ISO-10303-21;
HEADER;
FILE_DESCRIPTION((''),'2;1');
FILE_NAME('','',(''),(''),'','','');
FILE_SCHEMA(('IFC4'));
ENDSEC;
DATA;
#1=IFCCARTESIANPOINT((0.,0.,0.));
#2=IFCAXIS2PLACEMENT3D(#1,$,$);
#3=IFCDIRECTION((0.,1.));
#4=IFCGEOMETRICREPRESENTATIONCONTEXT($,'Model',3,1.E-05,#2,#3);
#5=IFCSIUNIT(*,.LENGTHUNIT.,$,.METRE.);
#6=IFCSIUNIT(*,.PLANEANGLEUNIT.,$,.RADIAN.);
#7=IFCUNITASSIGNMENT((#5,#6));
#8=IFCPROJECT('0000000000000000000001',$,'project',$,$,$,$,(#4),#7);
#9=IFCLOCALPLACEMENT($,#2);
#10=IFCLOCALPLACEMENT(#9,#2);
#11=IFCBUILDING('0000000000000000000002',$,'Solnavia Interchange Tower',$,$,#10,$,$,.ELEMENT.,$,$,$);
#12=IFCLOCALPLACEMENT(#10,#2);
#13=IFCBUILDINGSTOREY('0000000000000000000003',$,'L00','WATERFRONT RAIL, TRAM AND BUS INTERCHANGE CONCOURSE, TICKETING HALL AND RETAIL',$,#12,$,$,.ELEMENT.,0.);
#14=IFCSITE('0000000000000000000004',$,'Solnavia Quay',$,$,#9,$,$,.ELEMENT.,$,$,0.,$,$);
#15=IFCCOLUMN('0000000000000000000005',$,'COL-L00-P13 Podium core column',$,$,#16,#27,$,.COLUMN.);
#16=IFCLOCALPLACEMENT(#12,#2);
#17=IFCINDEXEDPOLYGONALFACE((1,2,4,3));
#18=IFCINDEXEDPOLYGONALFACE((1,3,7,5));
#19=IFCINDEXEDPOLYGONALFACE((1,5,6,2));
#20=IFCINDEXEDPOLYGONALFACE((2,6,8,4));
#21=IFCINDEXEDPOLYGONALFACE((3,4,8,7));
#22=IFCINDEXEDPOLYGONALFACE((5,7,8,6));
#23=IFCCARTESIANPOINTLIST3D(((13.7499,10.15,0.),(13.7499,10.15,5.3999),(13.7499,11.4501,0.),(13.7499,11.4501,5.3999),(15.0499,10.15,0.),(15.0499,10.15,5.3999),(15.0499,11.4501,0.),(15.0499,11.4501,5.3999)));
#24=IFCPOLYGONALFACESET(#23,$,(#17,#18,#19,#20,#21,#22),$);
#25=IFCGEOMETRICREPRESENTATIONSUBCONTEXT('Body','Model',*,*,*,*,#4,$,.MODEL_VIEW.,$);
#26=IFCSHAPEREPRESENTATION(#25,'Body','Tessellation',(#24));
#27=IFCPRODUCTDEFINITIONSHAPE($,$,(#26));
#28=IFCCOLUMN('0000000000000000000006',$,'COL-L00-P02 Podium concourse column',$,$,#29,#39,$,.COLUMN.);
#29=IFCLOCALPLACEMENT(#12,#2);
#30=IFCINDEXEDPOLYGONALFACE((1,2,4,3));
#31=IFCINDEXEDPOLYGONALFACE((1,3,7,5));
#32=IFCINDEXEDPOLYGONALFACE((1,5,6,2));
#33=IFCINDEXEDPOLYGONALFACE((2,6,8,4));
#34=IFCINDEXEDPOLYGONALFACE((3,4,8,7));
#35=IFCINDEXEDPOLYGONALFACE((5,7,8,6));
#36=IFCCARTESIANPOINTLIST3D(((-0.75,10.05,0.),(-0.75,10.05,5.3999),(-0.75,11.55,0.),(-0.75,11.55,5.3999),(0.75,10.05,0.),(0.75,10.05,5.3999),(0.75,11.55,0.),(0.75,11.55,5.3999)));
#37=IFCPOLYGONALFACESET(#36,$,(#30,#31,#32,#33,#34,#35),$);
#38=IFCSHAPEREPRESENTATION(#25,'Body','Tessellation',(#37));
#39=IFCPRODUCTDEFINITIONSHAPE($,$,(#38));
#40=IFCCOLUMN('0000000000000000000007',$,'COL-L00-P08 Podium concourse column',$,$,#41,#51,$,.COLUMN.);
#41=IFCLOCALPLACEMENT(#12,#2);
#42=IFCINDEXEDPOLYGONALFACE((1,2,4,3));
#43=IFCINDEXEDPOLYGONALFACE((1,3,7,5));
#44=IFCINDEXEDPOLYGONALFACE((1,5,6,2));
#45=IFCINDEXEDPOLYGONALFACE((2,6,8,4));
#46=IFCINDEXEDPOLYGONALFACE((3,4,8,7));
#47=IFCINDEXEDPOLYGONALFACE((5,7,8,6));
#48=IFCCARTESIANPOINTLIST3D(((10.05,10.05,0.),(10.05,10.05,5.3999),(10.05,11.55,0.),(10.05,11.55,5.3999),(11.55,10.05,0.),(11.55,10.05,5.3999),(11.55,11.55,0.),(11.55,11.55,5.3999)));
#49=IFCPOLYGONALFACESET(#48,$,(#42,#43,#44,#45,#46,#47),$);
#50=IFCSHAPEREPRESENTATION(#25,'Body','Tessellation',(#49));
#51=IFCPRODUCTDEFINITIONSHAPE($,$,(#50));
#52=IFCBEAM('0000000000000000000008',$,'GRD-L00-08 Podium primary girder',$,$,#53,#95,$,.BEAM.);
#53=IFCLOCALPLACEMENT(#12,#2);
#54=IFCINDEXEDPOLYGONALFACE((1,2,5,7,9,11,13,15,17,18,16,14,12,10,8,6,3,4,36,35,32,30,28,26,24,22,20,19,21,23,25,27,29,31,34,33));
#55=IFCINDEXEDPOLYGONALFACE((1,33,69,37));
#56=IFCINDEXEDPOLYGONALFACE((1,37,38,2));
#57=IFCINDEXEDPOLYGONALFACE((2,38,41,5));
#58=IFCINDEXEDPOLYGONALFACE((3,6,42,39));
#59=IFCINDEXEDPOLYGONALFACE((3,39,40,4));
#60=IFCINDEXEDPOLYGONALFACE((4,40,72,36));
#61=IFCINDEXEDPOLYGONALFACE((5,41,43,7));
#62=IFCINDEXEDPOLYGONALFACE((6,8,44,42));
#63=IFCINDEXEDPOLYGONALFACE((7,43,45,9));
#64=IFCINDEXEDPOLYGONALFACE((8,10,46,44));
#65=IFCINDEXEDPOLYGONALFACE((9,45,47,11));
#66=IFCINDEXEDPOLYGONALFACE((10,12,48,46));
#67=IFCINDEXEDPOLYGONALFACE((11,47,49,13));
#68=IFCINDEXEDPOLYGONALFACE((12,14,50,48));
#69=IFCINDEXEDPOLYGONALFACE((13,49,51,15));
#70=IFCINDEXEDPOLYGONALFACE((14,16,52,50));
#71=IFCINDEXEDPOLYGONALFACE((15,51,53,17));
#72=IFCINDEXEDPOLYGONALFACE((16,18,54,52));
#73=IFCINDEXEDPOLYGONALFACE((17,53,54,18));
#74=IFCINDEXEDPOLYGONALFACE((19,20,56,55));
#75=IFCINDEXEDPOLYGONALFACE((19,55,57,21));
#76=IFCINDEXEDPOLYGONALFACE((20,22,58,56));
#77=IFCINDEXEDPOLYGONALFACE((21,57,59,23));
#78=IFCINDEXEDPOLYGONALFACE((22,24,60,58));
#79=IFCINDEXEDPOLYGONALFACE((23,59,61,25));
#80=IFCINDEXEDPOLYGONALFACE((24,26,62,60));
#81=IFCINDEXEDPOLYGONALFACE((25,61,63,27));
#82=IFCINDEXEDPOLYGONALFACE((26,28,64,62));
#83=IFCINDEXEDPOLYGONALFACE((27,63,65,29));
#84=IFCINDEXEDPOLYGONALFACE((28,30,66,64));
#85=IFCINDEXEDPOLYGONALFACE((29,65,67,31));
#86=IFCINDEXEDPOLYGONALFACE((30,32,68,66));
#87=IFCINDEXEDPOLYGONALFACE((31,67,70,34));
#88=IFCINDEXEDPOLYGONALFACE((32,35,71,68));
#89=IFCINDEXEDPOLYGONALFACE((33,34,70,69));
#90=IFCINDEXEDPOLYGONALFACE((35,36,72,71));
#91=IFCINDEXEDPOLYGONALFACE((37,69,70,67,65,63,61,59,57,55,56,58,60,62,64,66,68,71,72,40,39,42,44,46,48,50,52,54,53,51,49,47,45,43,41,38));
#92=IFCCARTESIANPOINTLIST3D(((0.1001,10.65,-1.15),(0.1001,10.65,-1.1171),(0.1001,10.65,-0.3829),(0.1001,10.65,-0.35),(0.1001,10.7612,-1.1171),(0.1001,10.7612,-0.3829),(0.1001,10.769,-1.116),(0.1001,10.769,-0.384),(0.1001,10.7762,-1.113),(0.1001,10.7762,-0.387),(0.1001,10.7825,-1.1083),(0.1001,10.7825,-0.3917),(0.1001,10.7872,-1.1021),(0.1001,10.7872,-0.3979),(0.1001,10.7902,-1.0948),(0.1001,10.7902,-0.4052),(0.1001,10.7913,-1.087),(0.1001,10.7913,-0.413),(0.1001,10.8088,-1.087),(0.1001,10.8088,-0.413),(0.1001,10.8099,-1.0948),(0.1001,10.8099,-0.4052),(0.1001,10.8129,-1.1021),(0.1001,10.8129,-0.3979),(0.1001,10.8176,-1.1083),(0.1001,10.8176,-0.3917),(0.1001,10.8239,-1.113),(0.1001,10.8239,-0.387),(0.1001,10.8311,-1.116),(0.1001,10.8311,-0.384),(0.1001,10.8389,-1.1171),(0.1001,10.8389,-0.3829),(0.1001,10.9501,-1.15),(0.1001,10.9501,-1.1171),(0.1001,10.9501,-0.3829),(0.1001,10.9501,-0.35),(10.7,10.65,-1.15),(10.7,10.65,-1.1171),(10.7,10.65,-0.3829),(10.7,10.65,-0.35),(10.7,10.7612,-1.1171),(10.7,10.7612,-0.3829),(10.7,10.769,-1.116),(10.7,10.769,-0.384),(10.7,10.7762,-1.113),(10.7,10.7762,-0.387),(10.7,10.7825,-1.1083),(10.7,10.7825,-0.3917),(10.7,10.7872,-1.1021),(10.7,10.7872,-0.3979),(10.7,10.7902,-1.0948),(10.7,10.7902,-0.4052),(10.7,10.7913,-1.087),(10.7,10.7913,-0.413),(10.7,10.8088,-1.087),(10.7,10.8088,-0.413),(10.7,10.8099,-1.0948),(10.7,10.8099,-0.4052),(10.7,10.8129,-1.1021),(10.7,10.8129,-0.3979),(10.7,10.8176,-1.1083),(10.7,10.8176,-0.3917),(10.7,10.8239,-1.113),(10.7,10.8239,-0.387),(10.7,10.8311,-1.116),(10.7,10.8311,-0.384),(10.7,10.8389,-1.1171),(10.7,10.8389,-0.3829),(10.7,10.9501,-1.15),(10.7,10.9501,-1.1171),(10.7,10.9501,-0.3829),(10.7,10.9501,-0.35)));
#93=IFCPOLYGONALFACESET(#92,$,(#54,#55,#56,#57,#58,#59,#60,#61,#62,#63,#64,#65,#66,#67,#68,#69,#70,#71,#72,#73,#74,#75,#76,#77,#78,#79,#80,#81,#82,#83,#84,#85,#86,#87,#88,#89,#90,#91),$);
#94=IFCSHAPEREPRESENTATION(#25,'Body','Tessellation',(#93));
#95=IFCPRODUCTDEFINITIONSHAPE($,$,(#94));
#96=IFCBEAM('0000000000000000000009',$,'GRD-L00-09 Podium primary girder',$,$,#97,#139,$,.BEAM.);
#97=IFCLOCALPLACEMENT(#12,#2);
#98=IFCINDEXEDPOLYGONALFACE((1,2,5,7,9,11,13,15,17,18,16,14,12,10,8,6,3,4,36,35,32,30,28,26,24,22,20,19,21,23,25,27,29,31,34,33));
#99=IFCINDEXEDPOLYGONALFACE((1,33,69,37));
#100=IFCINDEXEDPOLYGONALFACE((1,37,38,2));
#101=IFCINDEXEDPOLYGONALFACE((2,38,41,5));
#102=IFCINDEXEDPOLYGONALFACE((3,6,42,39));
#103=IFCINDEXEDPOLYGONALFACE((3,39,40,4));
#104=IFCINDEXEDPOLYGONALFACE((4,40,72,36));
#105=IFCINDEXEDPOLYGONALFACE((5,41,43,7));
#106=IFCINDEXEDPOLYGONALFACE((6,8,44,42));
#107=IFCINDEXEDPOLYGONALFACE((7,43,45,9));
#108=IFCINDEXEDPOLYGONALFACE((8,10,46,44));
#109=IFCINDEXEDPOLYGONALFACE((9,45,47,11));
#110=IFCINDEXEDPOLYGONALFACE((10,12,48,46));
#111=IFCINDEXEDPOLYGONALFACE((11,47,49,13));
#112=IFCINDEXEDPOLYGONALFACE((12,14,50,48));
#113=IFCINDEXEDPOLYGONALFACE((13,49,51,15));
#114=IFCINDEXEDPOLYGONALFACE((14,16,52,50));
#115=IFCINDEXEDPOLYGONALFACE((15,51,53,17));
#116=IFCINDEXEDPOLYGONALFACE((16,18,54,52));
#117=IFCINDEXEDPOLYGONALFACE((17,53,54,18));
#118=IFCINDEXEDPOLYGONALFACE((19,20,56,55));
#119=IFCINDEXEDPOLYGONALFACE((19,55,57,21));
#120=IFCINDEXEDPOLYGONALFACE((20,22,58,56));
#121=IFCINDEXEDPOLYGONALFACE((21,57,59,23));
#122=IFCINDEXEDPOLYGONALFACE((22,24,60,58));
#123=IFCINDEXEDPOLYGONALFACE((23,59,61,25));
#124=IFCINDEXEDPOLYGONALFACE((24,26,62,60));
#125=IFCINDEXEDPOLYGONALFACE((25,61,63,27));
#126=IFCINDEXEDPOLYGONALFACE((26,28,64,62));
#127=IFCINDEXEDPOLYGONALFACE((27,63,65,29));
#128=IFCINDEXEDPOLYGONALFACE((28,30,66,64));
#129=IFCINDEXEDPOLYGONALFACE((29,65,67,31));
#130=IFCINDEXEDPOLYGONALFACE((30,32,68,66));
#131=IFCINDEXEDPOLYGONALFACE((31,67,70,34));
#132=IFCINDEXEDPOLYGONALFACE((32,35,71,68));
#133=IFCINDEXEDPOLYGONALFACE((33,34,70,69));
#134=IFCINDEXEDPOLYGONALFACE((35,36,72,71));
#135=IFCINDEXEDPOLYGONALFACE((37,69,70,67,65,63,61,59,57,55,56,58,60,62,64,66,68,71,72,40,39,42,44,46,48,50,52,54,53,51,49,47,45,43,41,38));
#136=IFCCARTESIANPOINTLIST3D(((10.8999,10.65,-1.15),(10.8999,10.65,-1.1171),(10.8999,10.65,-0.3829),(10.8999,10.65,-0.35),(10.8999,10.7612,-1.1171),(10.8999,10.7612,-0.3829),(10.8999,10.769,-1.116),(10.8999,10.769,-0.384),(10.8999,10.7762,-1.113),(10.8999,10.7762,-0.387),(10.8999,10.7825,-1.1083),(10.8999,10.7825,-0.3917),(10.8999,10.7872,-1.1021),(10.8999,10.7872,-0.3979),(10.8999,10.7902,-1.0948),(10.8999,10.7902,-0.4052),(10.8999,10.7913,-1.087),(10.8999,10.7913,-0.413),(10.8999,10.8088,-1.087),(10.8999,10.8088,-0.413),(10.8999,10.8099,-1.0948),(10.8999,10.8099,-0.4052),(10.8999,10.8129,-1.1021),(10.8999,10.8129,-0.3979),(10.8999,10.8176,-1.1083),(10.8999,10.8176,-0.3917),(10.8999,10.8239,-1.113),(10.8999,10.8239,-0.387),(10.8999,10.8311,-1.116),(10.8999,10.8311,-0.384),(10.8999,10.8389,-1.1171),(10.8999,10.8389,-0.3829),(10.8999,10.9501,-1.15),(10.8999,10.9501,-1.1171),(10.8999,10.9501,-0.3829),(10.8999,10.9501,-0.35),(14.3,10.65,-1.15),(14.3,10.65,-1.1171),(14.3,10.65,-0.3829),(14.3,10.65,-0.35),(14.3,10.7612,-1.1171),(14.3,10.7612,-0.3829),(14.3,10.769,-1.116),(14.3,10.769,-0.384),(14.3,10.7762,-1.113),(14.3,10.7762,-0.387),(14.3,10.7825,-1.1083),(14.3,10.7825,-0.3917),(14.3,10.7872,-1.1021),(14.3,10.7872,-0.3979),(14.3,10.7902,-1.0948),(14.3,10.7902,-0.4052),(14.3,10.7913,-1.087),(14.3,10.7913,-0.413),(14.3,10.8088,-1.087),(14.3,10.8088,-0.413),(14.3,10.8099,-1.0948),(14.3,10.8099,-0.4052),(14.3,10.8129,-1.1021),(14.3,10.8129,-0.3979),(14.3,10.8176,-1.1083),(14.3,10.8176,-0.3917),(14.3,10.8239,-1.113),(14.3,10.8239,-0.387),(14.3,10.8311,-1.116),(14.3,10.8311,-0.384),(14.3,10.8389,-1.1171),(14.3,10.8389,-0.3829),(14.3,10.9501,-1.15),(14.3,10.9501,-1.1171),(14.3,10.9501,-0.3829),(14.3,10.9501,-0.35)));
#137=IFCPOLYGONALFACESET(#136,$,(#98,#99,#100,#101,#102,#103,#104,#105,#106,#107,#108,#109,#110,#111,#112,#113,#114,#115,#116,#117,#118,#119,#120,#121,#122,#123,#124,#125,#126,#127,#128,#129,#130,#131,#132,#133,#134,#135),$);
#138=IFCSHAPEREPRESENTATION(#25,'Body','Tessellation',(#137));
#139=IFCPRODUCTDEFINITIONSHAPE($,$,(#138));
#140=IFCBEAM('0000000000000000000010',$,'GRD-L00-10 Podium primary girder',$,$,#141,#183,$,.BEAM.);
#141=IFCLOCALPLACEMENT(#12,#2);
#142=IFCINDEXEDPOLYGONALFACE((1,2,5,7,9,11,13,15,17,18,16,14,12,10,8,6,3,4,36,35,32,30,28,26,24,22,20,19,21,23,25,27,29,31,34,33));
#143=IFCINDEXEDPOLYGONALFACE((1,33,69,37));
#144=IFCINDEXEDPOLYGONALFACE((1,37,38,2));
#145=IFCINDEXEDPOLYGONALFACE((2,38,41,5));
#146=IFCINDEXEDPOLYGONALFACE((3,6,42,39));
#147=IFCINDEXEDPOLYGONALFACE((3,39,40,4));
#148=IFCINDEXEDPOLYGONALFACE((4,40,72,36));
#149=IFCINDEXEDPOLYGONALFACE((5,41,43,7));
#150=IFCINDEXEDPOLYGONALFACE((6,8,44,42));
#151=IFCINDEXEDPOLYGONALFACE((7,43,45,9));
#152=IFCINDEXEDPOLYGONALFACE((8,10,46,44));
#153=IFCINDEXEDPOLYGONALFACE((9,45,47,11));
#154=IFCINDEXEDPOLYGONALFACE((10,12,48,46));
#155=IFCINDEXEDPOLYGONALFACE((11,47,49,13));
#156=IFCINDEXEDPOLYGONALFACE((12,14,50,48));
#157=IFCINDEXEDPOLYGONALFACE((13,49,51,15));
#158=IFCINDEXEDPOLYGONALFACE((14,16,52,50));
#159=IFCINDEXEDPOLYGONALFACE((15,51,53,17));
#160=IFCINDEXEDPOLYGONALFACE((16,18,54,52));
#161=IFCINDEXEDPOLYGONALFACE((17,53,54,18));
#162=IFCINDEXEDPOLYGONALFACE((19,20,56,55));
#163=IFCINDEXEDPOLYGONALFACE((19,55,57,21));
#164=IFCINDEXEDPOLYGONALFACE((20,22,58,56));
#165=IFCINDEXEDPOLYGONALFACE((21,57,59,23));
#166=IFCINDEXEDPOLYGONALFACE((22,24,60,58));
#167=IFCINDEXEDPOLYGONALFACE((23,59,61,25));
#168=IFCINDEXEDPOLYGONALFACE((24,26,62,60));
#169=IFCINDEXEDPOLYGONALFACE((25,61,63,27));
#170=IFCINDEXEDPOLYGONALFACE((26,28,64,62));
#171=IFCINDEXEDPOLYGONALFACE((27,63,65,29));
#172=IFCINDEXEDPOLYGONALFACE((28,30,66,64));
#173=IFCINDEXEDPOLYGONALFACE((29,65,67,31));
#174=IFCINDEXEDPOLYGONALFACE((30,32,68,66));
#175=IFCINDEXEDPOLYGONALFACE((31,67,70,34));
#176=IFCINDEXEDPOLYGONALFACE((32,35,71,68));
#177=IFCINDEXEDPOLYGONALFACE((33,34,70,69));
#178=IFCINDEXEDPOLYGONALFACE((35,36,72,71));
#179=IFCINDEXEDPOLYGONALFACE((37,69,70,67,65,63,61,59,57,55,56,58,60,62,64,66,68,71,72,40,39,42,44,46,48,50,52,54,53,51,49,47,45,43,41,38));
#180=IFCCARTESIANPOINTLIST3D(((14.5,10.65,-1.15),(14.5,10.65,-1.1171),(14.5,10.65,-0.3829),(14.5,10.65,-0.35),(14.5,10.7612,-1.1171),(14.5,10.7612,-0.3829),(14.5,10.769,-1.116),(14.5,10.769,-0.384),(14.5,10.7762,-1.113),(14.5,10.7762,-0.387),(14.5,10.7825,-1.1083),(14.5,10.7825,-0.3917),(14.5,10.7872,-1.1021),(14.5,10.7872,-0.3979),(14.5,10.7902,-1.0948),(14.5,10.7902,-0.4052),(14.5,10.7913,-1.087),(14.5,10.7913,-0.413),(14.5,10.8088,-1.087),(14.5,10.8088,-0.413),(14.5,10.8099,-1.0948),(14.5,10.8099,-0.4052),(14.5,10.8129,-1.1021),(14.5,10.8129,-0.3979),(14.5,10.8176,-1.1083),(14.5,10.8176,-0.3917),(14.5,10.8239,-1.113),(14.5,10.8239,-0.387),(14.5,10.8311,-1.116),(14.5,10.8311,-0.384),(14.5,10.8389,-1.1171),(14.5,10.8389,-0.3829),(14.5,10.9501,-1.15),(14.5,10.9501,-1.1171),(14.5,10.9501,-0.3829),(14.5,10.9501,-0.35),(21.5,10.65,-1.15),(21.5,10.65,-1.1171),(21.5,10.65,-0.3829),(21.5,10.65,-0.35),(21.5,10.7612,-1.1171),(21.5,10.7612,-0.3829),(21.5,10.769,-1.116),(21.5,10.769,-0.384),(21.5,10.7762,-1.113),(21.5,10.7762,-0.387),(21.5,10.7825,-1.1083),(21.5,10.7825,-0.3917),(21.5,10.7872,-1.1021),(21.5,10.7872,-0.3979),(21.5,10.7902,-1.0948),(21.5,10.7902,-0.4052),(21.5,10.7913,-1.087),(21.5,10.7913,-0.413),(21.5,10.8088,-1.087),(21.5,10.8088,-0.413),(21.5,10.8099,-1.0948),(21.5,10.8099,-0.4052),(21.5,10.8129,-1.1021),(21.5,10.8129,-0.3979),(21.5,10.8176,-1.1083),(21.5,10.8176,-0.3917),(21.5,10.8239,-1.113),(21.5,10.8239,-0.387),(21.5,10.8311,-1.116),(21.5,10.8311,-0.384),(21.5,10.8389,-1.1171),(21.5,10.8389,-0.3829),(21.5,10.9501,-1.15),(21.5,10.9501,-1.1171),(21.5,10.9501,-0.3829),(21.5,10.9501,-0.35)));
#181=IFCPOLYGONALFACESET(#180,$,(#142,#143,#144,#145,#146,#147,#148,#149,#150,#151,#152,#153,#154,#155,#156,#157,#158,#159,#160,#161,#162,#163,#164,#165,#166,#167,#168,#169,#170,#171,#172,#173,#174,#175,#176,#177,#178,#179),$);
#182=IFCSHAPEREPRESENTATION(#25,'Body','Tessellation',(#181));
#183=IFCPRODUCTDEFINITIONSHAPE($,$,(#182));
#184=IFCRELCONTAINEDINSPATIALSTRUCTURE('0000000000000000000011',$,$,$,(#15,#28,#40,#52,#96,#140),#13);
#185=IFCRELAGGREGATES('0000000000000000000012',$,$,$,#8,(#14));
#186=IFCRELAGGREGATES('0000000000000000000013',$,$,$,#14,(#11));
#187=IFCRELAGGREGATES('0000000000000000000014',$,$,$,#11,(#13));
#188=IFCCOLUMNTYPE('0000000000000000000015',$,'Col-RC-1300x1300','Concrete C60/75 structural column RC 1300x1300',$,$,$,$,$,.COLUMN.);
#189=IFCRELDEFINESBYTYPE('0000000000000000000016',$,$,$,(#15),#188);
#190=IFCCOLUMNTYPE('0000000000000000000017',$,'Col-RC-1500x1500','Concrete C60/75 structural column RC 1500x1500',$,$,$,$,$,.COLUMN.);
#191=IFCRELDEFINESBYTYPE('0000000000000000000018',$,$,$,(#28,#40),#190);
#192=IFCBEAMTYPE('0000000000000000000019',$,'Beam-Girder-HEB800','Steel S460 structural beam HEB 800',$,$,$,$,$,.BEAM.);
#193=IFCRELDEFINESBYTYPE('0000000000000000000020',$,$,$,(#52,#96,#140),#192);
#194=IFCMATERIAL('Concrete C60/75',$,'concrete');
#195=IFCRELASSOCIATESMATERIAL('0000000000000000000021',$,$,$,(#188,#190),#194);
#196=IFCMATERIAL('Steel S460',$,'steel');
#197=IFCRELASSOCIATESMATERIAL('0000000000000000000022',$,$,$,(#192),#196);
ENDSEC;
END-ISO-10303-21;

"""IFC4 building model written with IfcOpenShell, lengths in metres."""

from ifc_helpers import new_model, si_unit, direction, frame, origin, origin_2d, place, context, subcontext, project, spatial, rectangle, i_section, extrude, material, material_profile, profile_set, type_object, element, save


model = new_model("IFC4")

# Units and contexts
model_context = context("Model", 3, precision=1e-05, world=origin(), true_north=direction((0.0, 1.0)))
body_context = subcontext(model_context, "Body", "Model", "MODEL_VIEW")
ifc_project = project(units=[si_unit("LENGTHUNIT", "METRE"), si_unit("PLANEANGLEUNIT", "RADIAN")], contexts=[model_context])

# Site, building, storey
site_placement = place(None, origin())
site = spatial("IfcSite", under=ifc_project, at=site_placement, Name="Solnavia Quay", CompositionType="ELEMENT", RefElevation=0.0)
building_placement = place(site_placement, origin())
building = spatial("IfcBuilding", under=site, at=building_placement, Name="Solnavia Interchange Tower", CompositionType="ELEMENT")
storey_placement = place(building_placement, origin())
storey = spatial("IfcBuildingStorey", under=building, at=storey_placement, Name="L00", Description="WATERFRONT RAIL, TRAM AND BUS INTERCHANGE CONCOURSE, TICKETING HALL AND RETAIL", CompositionType="ELEMENT", Elevation=0.0)

# Columns
ifc_material_1 = material(Name="Concrete C60/75", Category="concrete")
ifc_material_profile_1 = material_profile(ifc_material_1, rectangle(XDim=1.3, YDim=1.3, at=origin_2d()), Name="RC 1300x1300")
ifc_profile_set_1 = profile_set([ifc_material_profile_1], Name="Concrete C60/75")
column_type_1 = type_object("IfcColumnType", Name="Col-RC-1300x1300", Description="Concrete C60/75 structural column RC 1300x1300", PredefinedType="COLUMN", material=ifc_profile_set_1)
column_placement = place(storey_placement, frame((14.3999, 10.8, 0.0), z_axis=(0.0, 0.0, 1.0), x_axis=(1.0, 0.0, 0.0)))
element("IfcColumn", 1, at=column_placement, inside=storey, type_object=column_type_1, Name="COL-L00-P13 Podium core column", PredefinedType="COLUMN", context=body_context, shape_type="SweptSolid", body=[
    extrude(rectangle(XDim=1.3, YDim=1.3, at=origin_2d()), origin(), (0.0, 0.0, 1.0), 5.3999),
])
ifc_material_profile_2 = material_profile(ifc_material_1, rectangle(XDim=1.5, YDim=1.5, at=origin_2d()), Name="RC 1500x1500")
ifc_profile_set_2 = profile_set([ifc_material_profile_2], Name="Concrete C60/75")
column_type_2 = type_object("IfcColumnType", Name="Col-RC-1500x1500", Description="Concrete C60/75 structural column RC 1500x1500", PredefinedType="COLUMN", material=ifc_profile_set_2)
for number, where, z_axis, x_axis, name in (
    (2, (0.0, 10.8, 0.0), (0.0, 0.0, 1.0), (1.0, 0.0, 0.0), "COL-L00-P02 Podium concourse column"),
    (3, (10.8, 10.8, 0.0), (0.0, 0.0, 1.0), (1.0, 0.0, 0.0), "COL-L00-P08 Podium concourse column"),
):
    element("IfcColumn", number, at=place(storey_placement, frame(where, z_axis=z_axis, x_axis=x_axis)), inside=storey, type_object=column_type_2, Name=name, PredefinedType="COLUMN", context=body_context, shape_type="SweptSolid", body=[
        extrude(rectangle(XDim=1.5, YDim=1.5, at=origin_2d()), origin(), (0.0, 0.0, 1.0), 5.3999),
    ])

# Beams
ifc_material_2 = material(Name="Steel S460", Category="steel")
ifc_material_profile_3 = material_profile(ifc_material_2, i_section(OverallWidth=0.3, OverallDepth=0.8, WebThickness=0.0176, FlangeThickness=0.033, FilletRadius=0.03, at=origin_2d()), Name="HEB 800")
ifc_profile_set_3 = profile_set([ifc_material_profile_3], Name="Steel S460")
beam_type_1 = type_object("IfcBeamType", Name="Beam-Girder-HEB800", Description="Steel S460 structural beam HEB 800", PredefinedType="BEAM", material=ifc_profile_set_3)
beam_1_placement = place(storey_placement, frame((0.1001, 10.8, -0.75), z_axis=(1.0, 0.0, 0.0), x_axis=(0.0, 1.0, 0.0)))
element("IfcBeam", 4, at=beam_1_placement, inside=storey, type_object=beam_type_1, Name="GRD-L00-08 Podium primary girder", PredefinedType="BEAM", context=body_context, shape_type="SweptSolid", body=[
    extrude(i_section(OverallWidth=0.3, OverallDepth=0.8, WebThickness=0.0176, FlangeThickness=0.033, FilletRadius=0.03, at=origin_2d()), origin(), (0.0, 0.0, 1.0), 10.5999),
])
beam_2_placement = place(storey_placement, frame((10.8999, 10.8, -0.75), z_axis=(1.0, 0.0, 0.0), x_axis=(0.0, 1.0, 0.0)))
element("IfcBeam", 5, at=beam_2_placement, inside=storey, type_object=beam_type_1, Name="GRD-L00-09 Podium primary girder", PredefinedType="BEAM", context=body_context, shape_type="SweptSolid", body=[
    extrude(i_section(OverallWidth=0.3, OverallDepth=0.8, WebThickness=0.0176, FlangeThickness=0.033, FilletRadius=0.03, at=origin_2d()), origin(), (0.0, 0.0, 1.0), 3.4001),
])
beam_3_placement = place(storey_placement, frame((14.5, 10.8, -0.75), z_axis=(1.0, 0.0, 0.0), x_axis=(0.0, 1.0, 0.0)))
element("IfcBeam", 6, at=beam_3_placement, inside=storey, type_object=beam_type_1, Name="GRD-L00-10 Podium primary girder", PredefinedType="BEAM", context=body_context, shape_type="SweptSolid", body=[
    extrude(i_section(OverallWidth=0.3, OverallDepth=0.8, WebThickness=0.0176, FlangeThickness=0.033, FilletRadius=0.03, at=origin_2d()), origin(), (0.0, 0.0, 1.0), 7.0),
])

save(model, "model.ifc")
